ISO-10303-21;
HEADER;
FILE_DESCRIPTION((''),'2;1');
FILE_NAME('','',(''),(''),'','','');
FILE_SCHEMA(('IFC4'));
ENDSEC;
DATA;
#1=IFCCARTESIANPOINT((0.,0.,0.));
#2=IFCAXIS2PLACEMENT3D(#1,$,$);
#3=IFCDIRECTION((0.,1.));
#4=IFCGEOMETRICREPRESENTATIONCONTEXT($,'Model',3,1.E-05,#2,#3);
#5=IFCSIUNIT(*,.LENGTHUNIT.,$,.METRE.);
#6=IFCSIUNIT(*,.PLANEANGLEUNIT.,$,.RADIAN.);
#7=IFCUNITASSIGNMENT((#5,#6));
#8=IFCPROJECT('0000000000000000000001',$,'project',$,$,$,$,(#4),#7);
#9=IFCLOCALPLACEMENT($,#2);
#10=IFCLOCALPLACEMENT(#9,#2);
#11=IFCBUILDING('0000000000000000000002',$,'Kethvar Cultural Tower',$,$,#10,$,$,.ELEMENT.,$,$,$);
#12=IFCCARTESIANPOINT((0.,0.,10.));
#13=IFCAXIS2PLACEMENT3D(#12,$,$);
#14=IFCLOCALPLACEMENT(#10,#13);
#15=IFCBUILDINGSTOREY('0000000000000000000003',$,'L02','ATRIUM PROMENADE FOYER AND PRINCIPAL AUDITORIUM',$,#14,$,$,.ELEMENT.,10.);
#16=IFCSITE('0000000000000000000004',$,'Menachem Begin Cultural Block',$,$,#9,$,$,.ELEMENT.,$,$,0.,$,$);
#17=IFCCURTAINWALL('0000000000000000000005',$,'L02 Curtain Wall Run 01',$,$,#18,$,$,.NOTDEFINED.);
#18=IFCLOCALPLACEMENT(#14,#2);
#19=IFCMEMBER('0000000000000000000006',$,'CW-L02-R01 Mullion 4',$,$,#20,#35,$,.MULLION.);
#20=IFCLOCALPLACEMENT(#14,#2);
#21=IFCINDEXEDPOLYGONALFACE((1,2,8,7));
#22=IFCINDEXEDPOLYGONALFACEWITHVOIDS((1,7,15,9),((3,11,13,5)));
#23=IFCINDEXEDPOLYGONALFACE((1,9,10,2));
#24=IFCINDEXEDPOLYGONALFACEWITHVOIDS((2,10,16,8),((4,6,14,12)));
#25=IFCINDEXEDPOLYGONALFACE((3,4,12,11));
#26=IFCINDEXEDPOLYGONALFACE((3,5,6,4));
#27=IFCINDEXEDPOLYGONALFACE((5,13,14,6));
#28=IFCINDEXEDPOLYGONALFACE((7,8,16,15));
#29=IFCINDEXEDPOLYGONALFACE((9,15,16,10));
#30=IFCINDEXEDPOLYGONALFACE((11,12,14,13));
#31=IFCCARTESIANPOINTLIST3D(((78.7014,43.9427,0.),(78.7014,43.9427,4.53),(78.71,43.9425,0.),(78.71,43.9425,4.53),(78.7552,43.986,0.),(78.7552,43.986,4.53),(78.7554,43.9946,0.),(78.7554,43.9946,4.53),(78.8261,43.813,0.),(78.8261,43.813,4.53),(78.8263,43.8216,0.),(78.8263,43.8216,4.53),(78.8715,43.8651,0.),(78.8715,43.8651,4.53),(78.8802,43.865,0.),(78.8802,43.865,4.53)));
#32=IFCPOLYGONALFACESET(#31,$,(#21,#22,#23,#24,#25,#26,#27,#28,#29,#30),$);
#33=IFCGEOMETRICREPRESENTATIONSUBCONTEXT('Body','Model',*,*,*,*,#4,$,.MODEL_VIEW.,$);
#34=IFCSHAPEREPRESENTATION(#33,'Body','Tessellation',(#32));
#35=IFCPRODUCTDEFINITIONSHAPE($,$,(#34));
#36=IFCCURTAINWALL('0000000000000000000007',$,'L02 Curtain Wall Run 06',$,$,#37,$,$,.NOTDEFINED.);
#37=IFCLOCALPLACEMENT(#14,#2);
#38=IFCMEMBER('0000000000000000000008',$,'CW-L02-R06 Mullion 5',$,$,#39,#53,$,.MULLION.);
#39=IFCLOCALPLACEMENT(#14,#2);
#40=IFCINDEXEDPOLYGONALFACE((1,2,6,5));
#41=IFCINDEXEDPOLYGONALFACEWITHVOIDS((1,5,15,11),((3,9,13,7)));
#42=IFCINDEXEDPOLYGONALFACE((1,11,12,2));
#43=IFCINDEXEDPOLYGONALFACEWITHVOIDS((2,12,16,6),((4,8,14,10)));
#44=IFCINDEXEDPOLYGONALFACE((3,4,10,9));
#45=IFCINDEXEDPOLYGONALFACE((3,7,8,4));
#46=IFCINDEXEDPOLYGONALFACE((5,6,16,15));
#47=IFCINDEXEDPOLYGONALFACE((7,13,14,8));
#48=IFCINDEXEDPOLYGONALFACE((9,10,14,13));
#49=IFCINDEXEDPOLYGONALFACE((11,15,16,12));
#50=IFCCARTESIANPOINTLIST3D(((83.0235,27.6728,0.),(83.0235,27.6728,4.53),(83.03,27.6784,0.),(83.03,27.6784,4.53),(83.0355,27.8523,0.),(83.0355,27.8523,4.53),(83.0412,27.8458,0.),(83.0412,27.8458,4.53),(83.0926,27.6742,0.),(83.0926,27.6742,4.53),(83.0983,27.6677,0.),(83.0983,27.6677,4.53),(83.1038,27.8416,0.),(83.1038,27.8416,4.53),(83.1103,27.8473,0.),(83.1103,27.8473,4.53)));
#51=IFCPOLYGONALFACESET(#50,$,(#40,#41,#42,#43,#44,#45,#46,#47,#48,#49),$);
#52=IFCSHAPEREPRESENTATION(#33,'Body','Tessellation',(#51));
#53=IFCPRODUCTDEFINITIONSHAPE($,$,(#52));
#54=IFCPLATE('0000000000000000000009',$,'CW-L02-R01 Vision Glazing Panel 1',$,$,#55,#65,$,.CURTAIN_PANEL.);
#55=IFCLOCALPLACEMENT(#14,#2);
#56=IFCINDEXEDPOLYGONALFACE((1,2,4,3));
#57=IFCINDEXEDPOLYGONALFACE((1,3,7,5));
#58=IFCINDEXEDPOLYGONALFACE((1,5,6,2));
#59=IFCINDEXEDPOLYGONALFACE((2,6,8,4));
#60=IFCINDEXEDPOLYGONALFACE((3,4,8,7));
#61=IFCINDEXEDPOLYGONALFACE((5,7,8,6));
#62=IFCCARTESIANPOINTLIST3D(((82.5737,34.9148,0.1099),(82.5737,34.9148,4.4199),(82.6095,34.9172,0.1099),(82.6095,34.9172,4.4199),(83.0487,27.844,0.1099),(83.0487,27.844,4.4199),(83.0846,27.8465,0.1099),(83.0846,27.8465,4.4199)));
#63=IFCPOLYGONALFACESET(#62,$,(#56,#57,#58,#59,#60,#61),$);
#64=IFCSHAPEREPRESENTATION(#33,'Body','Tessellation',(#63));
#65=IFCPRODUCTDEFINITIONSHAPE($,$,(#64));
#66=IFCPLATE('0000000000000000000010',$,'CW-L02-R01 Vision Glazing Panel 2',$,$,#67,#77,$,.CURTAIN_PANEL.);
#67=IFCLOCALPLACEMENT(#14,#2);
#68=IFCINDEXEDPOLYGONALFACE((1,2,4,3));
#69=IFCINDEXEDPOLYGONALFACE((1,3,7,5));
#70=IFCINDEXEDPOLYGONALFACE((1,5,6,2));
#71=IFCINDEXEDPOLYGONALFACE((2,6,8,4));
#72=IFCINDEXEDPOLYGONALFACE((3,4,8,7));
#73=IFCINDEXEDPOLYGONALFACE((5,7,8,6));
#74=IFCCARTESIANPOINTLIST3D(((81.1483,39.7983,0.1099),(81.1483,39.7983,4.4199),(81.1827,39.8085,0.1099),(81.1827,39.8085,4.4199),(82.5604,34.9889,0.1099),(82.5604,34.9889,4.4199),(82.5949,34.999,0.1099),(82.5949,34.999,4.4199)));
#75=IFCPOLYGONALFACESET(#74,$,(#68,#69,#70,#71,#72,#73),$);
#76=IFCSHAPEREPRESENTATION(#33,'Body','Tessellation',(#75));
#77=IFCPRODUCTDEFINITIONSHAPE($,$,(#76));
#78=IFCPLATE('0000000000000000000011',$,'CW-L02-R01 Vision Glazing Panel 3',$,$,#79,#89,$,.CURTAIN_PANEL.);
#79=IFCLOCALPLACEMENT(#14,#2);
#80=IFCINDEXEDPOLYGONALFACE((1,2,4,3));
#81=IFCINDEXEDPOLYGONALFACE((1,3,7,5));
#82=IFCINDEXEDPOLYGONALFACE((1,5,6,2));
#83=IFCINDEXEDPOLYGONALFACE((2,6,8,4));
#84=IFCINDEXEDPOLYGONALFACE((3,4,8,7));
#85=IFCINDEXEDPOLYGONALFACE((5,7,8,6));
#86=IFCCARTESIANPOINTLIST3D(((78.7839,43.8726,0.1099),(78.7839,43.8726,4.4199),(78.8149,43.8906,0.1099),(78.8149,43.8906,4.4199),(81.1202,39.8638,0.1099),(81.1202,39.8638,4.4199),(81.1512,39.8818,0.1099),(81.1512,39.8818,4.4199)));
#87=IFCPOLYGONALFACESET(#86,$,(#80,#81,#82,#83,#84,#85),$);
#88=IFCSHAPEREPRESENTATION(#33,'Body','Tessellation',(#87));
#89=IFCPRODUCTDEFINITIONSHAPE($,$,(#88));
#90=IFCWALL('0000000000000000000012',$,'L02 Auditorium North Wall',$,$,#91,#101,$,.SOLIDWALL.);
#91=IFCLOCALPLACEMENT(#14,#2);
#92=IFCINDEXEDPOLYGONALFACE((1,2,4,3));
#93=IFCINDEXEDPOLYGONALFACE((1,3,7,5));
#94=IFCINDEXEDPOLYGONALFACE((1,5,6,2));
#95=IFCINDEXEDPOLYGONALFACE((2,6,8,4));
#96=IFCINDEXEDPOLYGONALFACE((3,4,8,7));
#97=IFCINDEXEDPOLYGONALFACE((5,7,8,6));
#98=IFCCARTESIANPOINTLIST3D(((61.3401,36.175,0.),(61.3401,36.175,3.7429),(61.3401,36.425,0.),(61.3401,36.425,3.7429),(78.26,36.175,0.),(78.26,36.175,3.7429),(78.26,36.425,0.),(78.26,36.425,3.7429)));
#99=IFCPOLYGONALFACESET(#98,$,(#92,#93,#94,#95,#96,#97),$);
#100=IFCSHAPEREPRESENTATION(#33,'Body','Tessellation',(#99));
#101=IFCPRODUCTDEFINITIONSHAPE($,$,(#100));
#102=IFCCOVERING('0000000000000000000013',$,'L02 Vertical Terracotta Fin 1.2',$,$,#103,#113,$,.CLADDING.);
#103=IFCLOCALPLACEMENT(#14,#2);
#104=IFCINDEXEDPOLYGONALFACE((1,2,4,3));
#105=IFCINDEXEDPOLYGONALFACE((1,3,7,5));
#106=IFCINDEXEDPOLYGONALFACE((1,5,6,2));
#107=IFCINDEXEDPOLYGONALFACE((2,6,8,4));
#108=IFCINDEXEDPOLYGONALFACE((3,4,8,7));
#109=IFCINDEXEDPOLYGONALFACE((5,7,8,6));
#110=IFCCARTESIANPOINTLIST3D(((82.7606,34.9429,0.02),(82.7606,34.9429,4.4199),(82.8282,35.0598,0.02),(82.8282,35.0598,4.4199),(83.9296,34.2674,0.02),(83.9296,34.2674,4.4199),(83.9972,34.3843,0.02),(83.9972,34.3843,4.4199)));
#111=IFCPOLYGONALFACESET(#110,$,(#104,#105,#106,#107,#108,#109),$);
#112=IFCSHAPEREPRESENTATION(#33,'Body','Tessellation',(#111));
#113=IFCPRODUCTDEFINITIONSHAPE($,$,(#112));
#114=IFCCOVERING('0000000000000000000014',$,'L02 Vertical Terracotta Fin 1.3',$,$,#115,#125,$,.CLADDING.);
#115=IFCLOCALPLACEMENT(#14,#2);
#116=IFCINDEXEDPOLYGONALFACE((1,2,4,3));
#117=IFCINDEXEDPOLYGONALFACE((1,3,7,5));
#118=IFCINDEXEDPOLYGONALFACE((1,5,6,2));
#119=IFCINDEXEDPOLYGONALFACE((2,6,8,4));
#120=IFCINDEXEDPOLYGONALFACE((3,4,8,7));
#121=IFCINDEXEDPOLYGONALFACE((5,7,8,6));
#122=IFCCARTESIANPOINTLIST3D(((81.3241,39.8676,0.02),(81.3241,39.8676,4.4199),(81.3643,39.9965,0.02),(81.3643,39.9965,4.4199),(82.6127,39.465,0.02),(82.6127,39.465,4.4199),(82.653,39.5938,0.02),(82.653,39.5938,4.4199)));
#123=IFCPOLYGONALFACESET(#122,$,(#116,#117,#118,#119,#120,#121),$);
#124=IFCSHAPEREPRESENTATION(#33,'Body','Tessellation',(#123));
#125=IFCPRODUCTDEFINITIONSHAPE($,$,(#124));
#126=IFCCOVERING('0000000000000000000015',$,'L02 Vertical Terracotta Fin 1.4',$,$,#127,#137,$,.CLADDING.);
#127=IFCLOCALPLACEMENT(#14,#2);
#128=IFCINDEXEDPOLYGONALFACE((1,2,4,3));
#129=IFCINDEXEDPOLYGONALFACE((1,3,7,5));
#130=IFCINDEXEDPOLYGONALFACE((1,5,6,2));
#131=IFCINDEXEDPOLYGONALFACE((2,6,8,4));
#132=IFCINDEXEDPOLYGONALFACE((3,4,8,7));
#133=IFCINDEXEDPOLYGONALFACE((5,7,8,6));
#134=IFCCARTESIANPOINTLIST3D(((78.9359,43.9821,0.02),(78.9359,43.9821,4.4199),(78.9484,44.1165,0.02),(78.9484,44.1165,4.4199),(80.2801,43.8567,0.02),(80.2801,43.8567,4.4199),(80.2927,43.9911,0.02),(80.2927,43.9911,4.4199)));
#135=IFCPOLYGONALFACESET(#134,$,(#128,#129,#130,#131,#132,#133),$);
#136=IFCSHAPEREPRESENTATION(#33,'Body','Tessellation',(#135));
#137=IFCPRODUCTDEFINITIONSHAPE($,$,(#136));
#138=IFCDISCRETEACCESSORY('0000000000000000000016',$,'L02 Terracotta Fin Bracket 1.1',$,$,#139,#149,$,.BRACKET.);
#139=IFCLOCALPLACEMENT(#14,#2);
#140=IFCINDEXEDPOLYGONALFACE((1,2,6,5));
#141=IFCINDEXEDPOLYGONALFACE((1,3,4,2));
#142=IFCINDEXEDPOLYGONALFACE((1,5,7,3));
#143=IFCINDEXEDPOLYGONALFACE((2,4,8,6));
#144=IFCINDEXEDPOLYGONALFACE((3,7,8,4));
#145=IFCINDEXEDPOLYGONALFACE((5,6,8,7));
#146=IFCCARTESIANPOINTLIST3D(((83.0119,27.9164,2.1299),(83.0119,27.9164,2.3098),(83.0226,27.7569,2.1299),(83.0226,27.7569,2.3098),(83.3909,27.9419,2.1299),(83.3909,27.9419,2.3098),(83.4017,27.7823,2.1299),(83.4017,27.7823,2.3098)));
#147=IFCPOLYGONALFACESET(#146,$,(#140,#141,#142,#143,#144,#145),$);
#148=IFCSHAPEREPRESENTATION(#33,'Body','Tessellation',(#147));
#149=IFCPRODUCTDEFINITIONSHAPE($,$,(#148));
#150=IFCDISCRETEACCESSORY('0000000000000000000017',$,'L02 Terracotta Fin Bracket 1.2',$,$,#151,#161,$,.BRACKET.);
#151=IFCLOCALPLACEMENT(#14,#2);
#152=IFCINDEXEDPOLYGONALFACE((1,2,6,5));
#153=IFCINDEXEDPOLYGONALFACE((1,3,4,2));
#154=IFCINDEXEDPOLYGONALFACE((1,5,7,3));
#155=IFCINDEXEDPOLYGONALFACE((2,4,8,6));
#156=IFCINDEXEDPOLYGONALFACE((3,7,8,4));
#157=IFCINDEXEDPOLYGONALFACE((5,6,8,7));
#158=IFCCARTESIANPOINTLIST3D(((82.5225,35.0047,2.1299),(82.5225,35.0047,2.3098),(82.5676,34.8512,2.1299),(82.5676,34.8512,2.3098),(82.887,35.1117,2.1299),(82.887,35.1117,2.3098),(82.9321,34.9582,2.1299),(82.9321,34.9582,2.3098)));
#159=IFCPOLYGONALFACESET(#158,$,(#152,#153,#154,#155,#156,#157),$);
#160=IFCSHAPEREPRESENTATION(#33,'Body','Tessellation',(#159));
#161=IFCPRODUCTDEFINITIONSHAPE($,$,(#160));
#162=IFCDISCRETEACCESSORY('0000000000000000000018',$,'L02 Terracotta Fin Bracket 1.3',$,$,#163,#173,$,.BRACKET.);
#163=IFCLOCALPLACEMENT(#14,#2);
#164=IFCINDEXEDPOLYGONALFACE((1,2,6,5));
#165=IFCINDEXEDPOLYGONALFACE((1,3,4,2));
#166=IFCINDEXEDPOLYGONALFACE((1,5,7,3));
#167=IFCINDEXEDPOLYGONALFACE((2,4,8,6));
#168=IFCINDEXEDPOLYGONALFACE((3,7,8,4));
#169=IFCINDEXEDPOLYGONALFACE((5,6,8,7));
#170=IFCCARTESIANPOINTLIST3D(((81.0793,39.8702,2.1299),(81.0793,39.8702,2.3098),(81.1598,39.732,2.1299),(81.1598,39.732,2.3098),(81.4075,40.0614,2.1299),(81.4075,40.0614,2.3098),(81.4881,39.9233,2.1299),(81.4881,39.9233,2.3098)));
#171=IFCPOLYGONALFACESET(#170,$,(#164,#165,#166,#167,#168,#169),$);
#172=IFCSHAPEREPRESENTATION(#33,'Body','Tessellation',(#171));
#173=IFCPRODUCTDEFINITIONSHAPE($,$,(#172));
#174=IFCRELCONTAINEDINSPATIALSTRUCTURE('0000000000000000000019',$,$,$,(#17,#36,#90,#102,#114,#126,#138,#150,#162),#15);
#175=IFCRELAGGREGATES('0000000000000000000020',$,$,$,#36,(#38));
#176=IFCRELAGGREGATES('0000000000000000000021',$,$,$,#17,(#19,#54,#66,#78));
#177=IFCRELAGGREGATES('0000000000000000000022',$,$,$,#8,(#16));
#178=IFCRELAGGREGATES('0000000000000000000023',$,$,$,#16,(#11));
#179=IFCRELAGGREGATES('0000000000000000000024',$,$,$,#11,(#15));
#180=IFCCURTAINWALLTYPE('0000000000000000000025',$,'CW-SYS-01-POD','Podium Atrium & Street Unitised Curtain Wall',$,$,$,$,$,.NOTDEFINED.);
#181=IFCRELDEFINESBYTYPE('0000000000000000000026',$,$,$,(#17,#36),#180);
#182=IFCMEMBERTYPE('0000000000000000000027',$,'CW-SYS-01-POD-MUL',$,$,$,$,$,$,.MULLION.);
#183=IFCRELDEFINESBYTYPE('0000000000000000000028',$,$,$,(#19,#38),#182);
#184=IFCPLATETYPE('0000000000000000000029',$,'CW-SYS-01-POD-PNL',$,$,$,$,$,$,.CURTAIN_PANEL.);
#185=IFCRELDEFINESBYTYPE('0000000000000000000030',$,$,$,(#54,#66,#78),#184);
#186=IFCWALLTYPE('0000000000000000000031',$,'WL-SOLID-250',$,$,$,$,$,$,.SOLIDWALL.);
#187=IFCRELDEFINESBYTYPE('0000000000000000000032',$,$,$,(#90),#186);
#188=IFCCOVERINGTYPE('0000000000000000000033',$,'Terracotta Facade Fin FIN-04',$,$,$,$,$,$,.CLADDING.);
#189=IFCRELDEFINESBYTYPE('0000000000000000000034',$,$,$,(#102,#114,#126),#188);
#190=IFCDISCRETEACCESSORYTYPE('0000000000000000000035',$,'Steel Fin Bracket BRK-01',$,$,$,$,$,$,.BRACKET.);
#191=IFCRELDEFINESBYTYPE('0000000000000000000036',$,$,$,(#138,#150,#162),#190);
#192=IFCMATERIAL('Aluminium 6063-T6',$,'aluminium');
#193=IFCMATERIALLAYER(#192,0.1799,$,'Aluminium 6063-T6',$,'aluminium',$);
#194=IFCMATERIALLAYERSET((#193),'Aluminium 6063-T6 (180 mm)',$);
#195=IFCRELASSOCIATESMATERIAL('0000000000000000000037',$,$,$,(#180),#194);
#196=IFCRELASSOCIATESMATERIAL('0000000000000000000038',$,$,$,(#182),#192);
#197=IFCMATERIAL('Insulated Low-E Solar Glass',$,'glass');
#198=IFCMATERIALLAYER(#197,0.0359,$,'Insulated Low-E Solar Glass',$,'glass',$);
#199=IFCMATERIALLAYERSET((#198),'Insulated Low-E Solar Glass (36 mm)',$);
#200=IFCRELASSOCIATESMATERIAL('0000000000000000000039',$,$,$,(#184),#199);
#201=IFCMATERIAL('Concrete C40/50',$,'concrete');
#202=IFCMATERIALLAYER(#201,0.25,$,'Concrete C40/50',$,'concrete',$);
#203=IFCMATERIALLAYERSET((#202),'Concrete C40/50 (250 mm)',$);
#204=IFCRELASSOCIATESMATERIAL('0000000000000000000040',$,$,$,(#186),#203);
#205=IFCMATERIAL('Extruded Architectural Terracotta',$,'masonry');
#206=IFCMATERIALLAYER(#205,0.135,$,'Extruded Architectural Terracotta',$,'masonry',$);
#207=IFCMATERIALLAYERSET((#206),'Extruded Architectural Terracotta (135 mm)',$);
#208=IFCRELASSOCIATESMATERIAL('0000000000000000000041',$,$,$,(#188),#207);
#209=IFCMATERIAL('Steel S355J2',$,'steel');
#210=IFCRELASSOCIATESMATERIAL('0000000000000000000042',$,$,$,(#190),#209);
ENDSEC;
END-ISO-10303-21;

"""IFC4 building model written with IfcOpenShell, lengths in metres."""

from ifc_helpers import new_model, si_unit, direction, frame, frame_2d, origin, origin_2d, place, context, subcontext, project, spatial, rectangle, hollow_rectangle, extrude, source, transform, mapped, material, layer, layer_set, material_profile, profile_set, type_object, element, aggregate, save


model = new_model("IFC4")

# Units and contexts
model_context = context("Model", 3, precision=1e-05, world=origin(), true_north=direction((0.0, 1.0)))
body_context = subcontext(model_context, "Body", "Model", "MODEL_VIEW")
ifc_project = project(units=[si_unit("LENGTHUNIT", "METRE"), si_unit("PLANEANGLEUNIT", "RADIAN")], contexts=[model_context])

# Site, building, storey
site_placement = place(None, origin())
site = spatial("IfcSite", under=ifc_project, at=site_placement, Name="Menachem Begin Cultural Block", CompositionType="ELEMENT", RefElevation=0.0)
building_placement = place(site_placement, origin())
building = spatial("IfcBuilding", under=site, at=building_placement, Name="Kethvar Cultural Tower", CompositionType="ELEMENT")
storey_placement = place(building_placement, frame((0.0, 0.0, 10.0)))
storey = spatial("IfcBuildingStorey", under=building, at=storey_placement, Name="L02", Description="ATRIUM PROMENADE FOYER AND PRINCIPAL AUDITORIUM", CompositionType="ELEMENT", Elevation=10.0)

# Shared definitions
ifc_material_1 = material(Name="Steel S355J2", Category="steel")

# Curtain wall, member
ifc_material_2 = material(Name="Aluminium 6063-T6", Category="aluminium")
ifc_layer_1 = layer(ifc_material_2, 0.1799, Name="Aluminium 6063-T6", Category="aluminium")
ifc_layer_set_1 = layer_set([ifc_layer_1], Name="Aluminium 6063-T6 (180 mm)")
curtain_wall_type = type_object("IfcCurtainWallType", Name="CW-SYS-01-POD", Description="Podium Atrium & Street Unitised Curtain Wall", PredefinedType="NOTDEFINED", material=ifc_layer_set_1)
curtain_wall_1_placement = place(storey_placement, origin())
curtain_wall_1 = element("IfcCurtainWall", 1, at=curtain_wall_1_placement, inside=storey, type_object=curtain_wall_type, Name="L02 Curtain Wall Run 01", PredefinedType="NOTDEFINED")
ifc_material_profile_1 = material_profile(ifc_material_2, hollow_rectangle(XDim=0.075, YDim=0.1799, WallThickness=0.0061, at=origin_2d()), Name="Aluminium 6063-T6 — RHS180x75x6")
ifc_profile_set_1 = profile_set([ifc_material_profile_1], Name="Aluminium 6063-T6 — RHS180x75x6")
member_type_1 = type_object("IfcMemberType", Name="CW-SYS-01-POD-MUL", PredefinedType="MULLION", material=ifc_profile_set_1)
shared_shape_1 = source(origin(), body_context, "Body", "SweptSolid", [
    extrude(hollow_rectangle(XDim=0.075, YDim=0.1799, WallThickness=0.0061, at=origin_2d()), origin(), (0.0, 0.0, 1.0), 4.53),
])
member_1_placement = place(storey_placement, frame((78.7908, 43.9038, 0.0), z_axis=(0.0, 0.0, 1.0), x_axis=(-0.720612, -0.693339, 0.0)))
member_1 = element("IfcMember", 2, at=member_1_placement, type_object=member_type_1, Name="CW-L02-R01 Mullion 4", PredefinedType="MULLION", context=body_context, shape_type="MappedRepresentation", body=[
    mapped(shared_shape_1, transform((0.0, 0.0, 0.0), scale=1.0)),
])

# Curtain wall, member
curtain_wall_2_placement = place(storey_placement, origin())
curtain_wall_2 = element("IfcCurtainWall", 3, at=curtain_wall_2_placement, inside=storey, type_object=curtain_wall_type, Name="L02 Curtain Wall Run 06", PredefinedType="NOTDEFINED")
member_2_placement = place(storey_placement, frame((83.0669, 27.76, 0.0), z_axis=(0.0, 0.0, 1.0), x_axis=(-0.99775, 0.06704, 0.0)))
member_2 = element("IfcMember", 4, at=member_2_placement, type_object=member_type_1, Name="CW-L02-R06 Mullion 5", PredefinedType="MULLION", context=body_context, shape_type="MappedRepresentation", body=[
    mapped(shared_shape_1, transform((0.0, 0.0, 0.0), scale=1.0)),
])
aggregate(curtain_wall_2, [member_2])

# Plates
ifc_material_3 = material(Name="Insulated Low-E Solar Glass", Category="glass")
ifc_layer_2 = layer(ifc_material_3, 0.0359, Name="Insulated Low-E Solar Glass", Category="glass")
ifc_layer_set_2 = layer_set([ifc_layer_2], Name="Insulated Low-E Solar Glass (36 mm)")
plate_type = type_object("IfcPlateType", Name="CW-SYS-01-POD-PNL", PredefinedType="CURTAIN_PANEL", material=ifc_layer_set_2)
shared_shape_2 = source(origin(), body_context, "Body", "SweptSolid", [
    extrude(rectangle(XDim=7.0867, YDim=0.0359, at=origin_2d()), origin(), (0.0, 0.0, 1.0), 4.3101),
])
plate_1_placement = place(storey_placement, frame((82.8291, 31.3806, 0.1099), z_axis=(0.0, 0.0, 1.0), x_axis=(-0.06704, 0.99775, 0.0)))
plate_1 = element("IfcPlate", 5, at=plate_1_placement, type_object=plate_type, Name="CW-L02-R01 Vision Glazing Panel 1", PredefinedType="CURTAIN_PANEL", context=body_context, shape_type="MappedRepresentation", body=[
    mapped(shared_shape_2, transform((0.0, 0.0, 0.0), scale=1.0)),
])
shared_shape_3 = source(origin(), body_context, "Body", "SweptSolid", [
    extrude(rectangle(XDim=5.0125, YDim=0.0359, at=origin_2d()), origin(), (0.0, 0.0, 1.0), 4.3101),
])
plate_2_placement = place(storey_placement, frame((81.8716, 37.3987, 0.1099), z_axis=(0.0, 0.0, 1.0), x_axis=(-0.281722, 0.959496, 0.0)))
plate_2 = element("IfcPlate", 6, at=plate_2_placement, type_object=plate_type, Name="CW-L02-R01 Vision Glazing Panel 2", PredefinedType="CURTAIN_PANEL", context=body_context, shape_type="MappedRepresentation", body=[
    mapped(shared_shape_3, transform((0.0, 0.0, 0.0), scale=1.0)),
])
shared_shape_4 = source(origin(), body_context, "Body", "SweptSolid", [
    extrude(rectangle(XDim=4.6399, YDim=0.0359, at=origin_2d()), origin(), (0.0, 0.0, 1.0), 4.3101),
])
plate_3_placement = place(storey_placement, frame((79.9675, 41.8772, 0.1099), z_axis=(0.0, 0.0, 1.0), x_axis=(-0.503518, 0.863985, 0.0)))
plate_3 = element("IfcPlate", 7, at=plate_3_placement, type_object=plate_type, Name="CW-L02-R01 Vision Glazing Panel 3", PredefinedType="CURTAIN_PANEL", context=body_context, shape_type="MappedRepresentation", body=[
    mapped(shared_shape_4, transform((0.0, 0.0, 0.0), scale=1.0)),
])
aggregate(curtain_wall_1, [member_1, plate_1, plate_2, plate_3])

# Wall
ifc_material_4 = material(Name="Concrete C40/50", Category="concrete")
ifc_layer_3 = layer(ifc_material_4, 0.25, Name="Concrete C40/50", Category="concrete")
ifc_layer_set_3 = layer_set([ifc_layer_3], Name="Concrete C40/50 (250 mm)")
wall_type = type_object("IfcWallType", Name="WL-SOLID-250", PredefinedType="SOLIDWALL", material=ifc_layer_set_3)
wall_placement = place(storey_placement, frame((61.3401, 36.3, 0.0), z_axis=(0.0, 0.0, 1.0), x_axis=(1.0, 0.0, 0.0)))
element("IfcWall", 8, at=wall_placement, inside=storey, type_object=wall_type, Name="L02 Auditorium North Wall", PredefinedType="SOLIDWALL", context=body_context, shape_type="SweptSolid", body=[
    extrude(rectangle(XDim=16.9199, YDim=0.25, at=frame_2d((8.46, 0.0))), origin(), (0.0, 0.0, 1.0), 3.7429),
])

# Coverings
ifc_material_5 = material(Name="Extruded Architectural Terracotta", Category="masonry")
ifc_layer_4 = layer(ifc_material_5, 0.135, Name="Extruded Architectural Terracotta", Category="masonry")
ifc_layer_set_4 = layer_set([ifc_layer_4], Name="Extruded Architectural Terracotta (135 mm)")
covering_type = type_object("IfcCoveringType", Name="Terracotta Facade Fin FIN-04", PredefinedType="CLADDING", material=ifc_layer_set_4)
shared_shape_5 = source(origin(), body_context, "Body", "SweptSolid", [
    extrude(rectangle(XDim=1.3501, YDim=0.135, at=origin_2d()), origin(), (0.0, 0.0, 1.0), 4.3999),
])
for number, where, z_axis, x_axis, name in (
    (9, (83.3789, 34.6636, 0.02), (0.0, 0.0, 1.0), (0.865851, -0.500302, 0.0), "L02 Vertical Terracotta Fin 1.2"),
    (10, (81.9885, 39.7307, 0.02), (0.0, 0.0, 1.0), (0.954501, -0.298208, 0.0), "L02 Vertical Terracotta Fin 1.3"),
    (11, (79.6143, 43.9866, 0.02), (0.0, 0.0, 1.0), (0.995676, -0.092892, 0.0), "L02 Vertical Terracotta Fin 1.4"),
):
    element("IfcCovering", number, at=place(storey_placement, frame(where, z_axis=z_axis, x_axis=x_axis)), inside=storey, type_object=covering_type, Name=name, PredefinedType="CLADDING", context=body_context, shape_type="MappedRepresentation", body=[
        mapped(shared_shape_5, transform((0.0, 0.0, 0.0), scale=1.0)),
    ])

# Discrete accessories
discrete_accessory_type = type_object("IfcDiscreteAccessoryType", Name="Steel Fin Bracket BRK-01", PredefinedType="BRACKET", material=ifc_material_1)
shared_shape_6 = source(origin(), body_context, "Body", "SweptSolid", [
    extrude(rectangle(XDim=0.3799, YDim=0.1599, at=origin_2d()), origin(), (0.0, 0.0, 1.0), 0.1799),
])
for number, where, z_axis, x_axis, name in (
    (12, (83.2068, 27.8494, 2.1299), (0.0, 0.0, 1.0), (0.997755, 0.06697, 0.0), "L02 Terracotta Fin Bracket 1.1"),
    (13, (82.7273, 34.9814, 2.1299), (0.0, 0.0, 1.0), (0.959511, 0.281672, 0.0), "L02 Terracotta Fin Bracket 1.2"),
    (14, (81.2837, 39.8967, 2.1299), (0.0, 0.0, 1.0), (0.864011, 0.503472, 0.0), "L02 Terracotta Fin Bracket 1.3"),
):
    element("IfcDiscreteAccessory", number, at=place(storey_placement, frame(where, z_axis=z_axis, x_axis=x_axis)), inside=storey, type_object=discrete_accessory_type, Name=name, PredefinedType="BRACKET", context=body_context, shape_type="MappedRepresentation", body=[
        mapped(shared_shape_6, transform((0.0, 0.0, 0.0), scale=1.0)),
    ])

save(model, "model.ifc")
